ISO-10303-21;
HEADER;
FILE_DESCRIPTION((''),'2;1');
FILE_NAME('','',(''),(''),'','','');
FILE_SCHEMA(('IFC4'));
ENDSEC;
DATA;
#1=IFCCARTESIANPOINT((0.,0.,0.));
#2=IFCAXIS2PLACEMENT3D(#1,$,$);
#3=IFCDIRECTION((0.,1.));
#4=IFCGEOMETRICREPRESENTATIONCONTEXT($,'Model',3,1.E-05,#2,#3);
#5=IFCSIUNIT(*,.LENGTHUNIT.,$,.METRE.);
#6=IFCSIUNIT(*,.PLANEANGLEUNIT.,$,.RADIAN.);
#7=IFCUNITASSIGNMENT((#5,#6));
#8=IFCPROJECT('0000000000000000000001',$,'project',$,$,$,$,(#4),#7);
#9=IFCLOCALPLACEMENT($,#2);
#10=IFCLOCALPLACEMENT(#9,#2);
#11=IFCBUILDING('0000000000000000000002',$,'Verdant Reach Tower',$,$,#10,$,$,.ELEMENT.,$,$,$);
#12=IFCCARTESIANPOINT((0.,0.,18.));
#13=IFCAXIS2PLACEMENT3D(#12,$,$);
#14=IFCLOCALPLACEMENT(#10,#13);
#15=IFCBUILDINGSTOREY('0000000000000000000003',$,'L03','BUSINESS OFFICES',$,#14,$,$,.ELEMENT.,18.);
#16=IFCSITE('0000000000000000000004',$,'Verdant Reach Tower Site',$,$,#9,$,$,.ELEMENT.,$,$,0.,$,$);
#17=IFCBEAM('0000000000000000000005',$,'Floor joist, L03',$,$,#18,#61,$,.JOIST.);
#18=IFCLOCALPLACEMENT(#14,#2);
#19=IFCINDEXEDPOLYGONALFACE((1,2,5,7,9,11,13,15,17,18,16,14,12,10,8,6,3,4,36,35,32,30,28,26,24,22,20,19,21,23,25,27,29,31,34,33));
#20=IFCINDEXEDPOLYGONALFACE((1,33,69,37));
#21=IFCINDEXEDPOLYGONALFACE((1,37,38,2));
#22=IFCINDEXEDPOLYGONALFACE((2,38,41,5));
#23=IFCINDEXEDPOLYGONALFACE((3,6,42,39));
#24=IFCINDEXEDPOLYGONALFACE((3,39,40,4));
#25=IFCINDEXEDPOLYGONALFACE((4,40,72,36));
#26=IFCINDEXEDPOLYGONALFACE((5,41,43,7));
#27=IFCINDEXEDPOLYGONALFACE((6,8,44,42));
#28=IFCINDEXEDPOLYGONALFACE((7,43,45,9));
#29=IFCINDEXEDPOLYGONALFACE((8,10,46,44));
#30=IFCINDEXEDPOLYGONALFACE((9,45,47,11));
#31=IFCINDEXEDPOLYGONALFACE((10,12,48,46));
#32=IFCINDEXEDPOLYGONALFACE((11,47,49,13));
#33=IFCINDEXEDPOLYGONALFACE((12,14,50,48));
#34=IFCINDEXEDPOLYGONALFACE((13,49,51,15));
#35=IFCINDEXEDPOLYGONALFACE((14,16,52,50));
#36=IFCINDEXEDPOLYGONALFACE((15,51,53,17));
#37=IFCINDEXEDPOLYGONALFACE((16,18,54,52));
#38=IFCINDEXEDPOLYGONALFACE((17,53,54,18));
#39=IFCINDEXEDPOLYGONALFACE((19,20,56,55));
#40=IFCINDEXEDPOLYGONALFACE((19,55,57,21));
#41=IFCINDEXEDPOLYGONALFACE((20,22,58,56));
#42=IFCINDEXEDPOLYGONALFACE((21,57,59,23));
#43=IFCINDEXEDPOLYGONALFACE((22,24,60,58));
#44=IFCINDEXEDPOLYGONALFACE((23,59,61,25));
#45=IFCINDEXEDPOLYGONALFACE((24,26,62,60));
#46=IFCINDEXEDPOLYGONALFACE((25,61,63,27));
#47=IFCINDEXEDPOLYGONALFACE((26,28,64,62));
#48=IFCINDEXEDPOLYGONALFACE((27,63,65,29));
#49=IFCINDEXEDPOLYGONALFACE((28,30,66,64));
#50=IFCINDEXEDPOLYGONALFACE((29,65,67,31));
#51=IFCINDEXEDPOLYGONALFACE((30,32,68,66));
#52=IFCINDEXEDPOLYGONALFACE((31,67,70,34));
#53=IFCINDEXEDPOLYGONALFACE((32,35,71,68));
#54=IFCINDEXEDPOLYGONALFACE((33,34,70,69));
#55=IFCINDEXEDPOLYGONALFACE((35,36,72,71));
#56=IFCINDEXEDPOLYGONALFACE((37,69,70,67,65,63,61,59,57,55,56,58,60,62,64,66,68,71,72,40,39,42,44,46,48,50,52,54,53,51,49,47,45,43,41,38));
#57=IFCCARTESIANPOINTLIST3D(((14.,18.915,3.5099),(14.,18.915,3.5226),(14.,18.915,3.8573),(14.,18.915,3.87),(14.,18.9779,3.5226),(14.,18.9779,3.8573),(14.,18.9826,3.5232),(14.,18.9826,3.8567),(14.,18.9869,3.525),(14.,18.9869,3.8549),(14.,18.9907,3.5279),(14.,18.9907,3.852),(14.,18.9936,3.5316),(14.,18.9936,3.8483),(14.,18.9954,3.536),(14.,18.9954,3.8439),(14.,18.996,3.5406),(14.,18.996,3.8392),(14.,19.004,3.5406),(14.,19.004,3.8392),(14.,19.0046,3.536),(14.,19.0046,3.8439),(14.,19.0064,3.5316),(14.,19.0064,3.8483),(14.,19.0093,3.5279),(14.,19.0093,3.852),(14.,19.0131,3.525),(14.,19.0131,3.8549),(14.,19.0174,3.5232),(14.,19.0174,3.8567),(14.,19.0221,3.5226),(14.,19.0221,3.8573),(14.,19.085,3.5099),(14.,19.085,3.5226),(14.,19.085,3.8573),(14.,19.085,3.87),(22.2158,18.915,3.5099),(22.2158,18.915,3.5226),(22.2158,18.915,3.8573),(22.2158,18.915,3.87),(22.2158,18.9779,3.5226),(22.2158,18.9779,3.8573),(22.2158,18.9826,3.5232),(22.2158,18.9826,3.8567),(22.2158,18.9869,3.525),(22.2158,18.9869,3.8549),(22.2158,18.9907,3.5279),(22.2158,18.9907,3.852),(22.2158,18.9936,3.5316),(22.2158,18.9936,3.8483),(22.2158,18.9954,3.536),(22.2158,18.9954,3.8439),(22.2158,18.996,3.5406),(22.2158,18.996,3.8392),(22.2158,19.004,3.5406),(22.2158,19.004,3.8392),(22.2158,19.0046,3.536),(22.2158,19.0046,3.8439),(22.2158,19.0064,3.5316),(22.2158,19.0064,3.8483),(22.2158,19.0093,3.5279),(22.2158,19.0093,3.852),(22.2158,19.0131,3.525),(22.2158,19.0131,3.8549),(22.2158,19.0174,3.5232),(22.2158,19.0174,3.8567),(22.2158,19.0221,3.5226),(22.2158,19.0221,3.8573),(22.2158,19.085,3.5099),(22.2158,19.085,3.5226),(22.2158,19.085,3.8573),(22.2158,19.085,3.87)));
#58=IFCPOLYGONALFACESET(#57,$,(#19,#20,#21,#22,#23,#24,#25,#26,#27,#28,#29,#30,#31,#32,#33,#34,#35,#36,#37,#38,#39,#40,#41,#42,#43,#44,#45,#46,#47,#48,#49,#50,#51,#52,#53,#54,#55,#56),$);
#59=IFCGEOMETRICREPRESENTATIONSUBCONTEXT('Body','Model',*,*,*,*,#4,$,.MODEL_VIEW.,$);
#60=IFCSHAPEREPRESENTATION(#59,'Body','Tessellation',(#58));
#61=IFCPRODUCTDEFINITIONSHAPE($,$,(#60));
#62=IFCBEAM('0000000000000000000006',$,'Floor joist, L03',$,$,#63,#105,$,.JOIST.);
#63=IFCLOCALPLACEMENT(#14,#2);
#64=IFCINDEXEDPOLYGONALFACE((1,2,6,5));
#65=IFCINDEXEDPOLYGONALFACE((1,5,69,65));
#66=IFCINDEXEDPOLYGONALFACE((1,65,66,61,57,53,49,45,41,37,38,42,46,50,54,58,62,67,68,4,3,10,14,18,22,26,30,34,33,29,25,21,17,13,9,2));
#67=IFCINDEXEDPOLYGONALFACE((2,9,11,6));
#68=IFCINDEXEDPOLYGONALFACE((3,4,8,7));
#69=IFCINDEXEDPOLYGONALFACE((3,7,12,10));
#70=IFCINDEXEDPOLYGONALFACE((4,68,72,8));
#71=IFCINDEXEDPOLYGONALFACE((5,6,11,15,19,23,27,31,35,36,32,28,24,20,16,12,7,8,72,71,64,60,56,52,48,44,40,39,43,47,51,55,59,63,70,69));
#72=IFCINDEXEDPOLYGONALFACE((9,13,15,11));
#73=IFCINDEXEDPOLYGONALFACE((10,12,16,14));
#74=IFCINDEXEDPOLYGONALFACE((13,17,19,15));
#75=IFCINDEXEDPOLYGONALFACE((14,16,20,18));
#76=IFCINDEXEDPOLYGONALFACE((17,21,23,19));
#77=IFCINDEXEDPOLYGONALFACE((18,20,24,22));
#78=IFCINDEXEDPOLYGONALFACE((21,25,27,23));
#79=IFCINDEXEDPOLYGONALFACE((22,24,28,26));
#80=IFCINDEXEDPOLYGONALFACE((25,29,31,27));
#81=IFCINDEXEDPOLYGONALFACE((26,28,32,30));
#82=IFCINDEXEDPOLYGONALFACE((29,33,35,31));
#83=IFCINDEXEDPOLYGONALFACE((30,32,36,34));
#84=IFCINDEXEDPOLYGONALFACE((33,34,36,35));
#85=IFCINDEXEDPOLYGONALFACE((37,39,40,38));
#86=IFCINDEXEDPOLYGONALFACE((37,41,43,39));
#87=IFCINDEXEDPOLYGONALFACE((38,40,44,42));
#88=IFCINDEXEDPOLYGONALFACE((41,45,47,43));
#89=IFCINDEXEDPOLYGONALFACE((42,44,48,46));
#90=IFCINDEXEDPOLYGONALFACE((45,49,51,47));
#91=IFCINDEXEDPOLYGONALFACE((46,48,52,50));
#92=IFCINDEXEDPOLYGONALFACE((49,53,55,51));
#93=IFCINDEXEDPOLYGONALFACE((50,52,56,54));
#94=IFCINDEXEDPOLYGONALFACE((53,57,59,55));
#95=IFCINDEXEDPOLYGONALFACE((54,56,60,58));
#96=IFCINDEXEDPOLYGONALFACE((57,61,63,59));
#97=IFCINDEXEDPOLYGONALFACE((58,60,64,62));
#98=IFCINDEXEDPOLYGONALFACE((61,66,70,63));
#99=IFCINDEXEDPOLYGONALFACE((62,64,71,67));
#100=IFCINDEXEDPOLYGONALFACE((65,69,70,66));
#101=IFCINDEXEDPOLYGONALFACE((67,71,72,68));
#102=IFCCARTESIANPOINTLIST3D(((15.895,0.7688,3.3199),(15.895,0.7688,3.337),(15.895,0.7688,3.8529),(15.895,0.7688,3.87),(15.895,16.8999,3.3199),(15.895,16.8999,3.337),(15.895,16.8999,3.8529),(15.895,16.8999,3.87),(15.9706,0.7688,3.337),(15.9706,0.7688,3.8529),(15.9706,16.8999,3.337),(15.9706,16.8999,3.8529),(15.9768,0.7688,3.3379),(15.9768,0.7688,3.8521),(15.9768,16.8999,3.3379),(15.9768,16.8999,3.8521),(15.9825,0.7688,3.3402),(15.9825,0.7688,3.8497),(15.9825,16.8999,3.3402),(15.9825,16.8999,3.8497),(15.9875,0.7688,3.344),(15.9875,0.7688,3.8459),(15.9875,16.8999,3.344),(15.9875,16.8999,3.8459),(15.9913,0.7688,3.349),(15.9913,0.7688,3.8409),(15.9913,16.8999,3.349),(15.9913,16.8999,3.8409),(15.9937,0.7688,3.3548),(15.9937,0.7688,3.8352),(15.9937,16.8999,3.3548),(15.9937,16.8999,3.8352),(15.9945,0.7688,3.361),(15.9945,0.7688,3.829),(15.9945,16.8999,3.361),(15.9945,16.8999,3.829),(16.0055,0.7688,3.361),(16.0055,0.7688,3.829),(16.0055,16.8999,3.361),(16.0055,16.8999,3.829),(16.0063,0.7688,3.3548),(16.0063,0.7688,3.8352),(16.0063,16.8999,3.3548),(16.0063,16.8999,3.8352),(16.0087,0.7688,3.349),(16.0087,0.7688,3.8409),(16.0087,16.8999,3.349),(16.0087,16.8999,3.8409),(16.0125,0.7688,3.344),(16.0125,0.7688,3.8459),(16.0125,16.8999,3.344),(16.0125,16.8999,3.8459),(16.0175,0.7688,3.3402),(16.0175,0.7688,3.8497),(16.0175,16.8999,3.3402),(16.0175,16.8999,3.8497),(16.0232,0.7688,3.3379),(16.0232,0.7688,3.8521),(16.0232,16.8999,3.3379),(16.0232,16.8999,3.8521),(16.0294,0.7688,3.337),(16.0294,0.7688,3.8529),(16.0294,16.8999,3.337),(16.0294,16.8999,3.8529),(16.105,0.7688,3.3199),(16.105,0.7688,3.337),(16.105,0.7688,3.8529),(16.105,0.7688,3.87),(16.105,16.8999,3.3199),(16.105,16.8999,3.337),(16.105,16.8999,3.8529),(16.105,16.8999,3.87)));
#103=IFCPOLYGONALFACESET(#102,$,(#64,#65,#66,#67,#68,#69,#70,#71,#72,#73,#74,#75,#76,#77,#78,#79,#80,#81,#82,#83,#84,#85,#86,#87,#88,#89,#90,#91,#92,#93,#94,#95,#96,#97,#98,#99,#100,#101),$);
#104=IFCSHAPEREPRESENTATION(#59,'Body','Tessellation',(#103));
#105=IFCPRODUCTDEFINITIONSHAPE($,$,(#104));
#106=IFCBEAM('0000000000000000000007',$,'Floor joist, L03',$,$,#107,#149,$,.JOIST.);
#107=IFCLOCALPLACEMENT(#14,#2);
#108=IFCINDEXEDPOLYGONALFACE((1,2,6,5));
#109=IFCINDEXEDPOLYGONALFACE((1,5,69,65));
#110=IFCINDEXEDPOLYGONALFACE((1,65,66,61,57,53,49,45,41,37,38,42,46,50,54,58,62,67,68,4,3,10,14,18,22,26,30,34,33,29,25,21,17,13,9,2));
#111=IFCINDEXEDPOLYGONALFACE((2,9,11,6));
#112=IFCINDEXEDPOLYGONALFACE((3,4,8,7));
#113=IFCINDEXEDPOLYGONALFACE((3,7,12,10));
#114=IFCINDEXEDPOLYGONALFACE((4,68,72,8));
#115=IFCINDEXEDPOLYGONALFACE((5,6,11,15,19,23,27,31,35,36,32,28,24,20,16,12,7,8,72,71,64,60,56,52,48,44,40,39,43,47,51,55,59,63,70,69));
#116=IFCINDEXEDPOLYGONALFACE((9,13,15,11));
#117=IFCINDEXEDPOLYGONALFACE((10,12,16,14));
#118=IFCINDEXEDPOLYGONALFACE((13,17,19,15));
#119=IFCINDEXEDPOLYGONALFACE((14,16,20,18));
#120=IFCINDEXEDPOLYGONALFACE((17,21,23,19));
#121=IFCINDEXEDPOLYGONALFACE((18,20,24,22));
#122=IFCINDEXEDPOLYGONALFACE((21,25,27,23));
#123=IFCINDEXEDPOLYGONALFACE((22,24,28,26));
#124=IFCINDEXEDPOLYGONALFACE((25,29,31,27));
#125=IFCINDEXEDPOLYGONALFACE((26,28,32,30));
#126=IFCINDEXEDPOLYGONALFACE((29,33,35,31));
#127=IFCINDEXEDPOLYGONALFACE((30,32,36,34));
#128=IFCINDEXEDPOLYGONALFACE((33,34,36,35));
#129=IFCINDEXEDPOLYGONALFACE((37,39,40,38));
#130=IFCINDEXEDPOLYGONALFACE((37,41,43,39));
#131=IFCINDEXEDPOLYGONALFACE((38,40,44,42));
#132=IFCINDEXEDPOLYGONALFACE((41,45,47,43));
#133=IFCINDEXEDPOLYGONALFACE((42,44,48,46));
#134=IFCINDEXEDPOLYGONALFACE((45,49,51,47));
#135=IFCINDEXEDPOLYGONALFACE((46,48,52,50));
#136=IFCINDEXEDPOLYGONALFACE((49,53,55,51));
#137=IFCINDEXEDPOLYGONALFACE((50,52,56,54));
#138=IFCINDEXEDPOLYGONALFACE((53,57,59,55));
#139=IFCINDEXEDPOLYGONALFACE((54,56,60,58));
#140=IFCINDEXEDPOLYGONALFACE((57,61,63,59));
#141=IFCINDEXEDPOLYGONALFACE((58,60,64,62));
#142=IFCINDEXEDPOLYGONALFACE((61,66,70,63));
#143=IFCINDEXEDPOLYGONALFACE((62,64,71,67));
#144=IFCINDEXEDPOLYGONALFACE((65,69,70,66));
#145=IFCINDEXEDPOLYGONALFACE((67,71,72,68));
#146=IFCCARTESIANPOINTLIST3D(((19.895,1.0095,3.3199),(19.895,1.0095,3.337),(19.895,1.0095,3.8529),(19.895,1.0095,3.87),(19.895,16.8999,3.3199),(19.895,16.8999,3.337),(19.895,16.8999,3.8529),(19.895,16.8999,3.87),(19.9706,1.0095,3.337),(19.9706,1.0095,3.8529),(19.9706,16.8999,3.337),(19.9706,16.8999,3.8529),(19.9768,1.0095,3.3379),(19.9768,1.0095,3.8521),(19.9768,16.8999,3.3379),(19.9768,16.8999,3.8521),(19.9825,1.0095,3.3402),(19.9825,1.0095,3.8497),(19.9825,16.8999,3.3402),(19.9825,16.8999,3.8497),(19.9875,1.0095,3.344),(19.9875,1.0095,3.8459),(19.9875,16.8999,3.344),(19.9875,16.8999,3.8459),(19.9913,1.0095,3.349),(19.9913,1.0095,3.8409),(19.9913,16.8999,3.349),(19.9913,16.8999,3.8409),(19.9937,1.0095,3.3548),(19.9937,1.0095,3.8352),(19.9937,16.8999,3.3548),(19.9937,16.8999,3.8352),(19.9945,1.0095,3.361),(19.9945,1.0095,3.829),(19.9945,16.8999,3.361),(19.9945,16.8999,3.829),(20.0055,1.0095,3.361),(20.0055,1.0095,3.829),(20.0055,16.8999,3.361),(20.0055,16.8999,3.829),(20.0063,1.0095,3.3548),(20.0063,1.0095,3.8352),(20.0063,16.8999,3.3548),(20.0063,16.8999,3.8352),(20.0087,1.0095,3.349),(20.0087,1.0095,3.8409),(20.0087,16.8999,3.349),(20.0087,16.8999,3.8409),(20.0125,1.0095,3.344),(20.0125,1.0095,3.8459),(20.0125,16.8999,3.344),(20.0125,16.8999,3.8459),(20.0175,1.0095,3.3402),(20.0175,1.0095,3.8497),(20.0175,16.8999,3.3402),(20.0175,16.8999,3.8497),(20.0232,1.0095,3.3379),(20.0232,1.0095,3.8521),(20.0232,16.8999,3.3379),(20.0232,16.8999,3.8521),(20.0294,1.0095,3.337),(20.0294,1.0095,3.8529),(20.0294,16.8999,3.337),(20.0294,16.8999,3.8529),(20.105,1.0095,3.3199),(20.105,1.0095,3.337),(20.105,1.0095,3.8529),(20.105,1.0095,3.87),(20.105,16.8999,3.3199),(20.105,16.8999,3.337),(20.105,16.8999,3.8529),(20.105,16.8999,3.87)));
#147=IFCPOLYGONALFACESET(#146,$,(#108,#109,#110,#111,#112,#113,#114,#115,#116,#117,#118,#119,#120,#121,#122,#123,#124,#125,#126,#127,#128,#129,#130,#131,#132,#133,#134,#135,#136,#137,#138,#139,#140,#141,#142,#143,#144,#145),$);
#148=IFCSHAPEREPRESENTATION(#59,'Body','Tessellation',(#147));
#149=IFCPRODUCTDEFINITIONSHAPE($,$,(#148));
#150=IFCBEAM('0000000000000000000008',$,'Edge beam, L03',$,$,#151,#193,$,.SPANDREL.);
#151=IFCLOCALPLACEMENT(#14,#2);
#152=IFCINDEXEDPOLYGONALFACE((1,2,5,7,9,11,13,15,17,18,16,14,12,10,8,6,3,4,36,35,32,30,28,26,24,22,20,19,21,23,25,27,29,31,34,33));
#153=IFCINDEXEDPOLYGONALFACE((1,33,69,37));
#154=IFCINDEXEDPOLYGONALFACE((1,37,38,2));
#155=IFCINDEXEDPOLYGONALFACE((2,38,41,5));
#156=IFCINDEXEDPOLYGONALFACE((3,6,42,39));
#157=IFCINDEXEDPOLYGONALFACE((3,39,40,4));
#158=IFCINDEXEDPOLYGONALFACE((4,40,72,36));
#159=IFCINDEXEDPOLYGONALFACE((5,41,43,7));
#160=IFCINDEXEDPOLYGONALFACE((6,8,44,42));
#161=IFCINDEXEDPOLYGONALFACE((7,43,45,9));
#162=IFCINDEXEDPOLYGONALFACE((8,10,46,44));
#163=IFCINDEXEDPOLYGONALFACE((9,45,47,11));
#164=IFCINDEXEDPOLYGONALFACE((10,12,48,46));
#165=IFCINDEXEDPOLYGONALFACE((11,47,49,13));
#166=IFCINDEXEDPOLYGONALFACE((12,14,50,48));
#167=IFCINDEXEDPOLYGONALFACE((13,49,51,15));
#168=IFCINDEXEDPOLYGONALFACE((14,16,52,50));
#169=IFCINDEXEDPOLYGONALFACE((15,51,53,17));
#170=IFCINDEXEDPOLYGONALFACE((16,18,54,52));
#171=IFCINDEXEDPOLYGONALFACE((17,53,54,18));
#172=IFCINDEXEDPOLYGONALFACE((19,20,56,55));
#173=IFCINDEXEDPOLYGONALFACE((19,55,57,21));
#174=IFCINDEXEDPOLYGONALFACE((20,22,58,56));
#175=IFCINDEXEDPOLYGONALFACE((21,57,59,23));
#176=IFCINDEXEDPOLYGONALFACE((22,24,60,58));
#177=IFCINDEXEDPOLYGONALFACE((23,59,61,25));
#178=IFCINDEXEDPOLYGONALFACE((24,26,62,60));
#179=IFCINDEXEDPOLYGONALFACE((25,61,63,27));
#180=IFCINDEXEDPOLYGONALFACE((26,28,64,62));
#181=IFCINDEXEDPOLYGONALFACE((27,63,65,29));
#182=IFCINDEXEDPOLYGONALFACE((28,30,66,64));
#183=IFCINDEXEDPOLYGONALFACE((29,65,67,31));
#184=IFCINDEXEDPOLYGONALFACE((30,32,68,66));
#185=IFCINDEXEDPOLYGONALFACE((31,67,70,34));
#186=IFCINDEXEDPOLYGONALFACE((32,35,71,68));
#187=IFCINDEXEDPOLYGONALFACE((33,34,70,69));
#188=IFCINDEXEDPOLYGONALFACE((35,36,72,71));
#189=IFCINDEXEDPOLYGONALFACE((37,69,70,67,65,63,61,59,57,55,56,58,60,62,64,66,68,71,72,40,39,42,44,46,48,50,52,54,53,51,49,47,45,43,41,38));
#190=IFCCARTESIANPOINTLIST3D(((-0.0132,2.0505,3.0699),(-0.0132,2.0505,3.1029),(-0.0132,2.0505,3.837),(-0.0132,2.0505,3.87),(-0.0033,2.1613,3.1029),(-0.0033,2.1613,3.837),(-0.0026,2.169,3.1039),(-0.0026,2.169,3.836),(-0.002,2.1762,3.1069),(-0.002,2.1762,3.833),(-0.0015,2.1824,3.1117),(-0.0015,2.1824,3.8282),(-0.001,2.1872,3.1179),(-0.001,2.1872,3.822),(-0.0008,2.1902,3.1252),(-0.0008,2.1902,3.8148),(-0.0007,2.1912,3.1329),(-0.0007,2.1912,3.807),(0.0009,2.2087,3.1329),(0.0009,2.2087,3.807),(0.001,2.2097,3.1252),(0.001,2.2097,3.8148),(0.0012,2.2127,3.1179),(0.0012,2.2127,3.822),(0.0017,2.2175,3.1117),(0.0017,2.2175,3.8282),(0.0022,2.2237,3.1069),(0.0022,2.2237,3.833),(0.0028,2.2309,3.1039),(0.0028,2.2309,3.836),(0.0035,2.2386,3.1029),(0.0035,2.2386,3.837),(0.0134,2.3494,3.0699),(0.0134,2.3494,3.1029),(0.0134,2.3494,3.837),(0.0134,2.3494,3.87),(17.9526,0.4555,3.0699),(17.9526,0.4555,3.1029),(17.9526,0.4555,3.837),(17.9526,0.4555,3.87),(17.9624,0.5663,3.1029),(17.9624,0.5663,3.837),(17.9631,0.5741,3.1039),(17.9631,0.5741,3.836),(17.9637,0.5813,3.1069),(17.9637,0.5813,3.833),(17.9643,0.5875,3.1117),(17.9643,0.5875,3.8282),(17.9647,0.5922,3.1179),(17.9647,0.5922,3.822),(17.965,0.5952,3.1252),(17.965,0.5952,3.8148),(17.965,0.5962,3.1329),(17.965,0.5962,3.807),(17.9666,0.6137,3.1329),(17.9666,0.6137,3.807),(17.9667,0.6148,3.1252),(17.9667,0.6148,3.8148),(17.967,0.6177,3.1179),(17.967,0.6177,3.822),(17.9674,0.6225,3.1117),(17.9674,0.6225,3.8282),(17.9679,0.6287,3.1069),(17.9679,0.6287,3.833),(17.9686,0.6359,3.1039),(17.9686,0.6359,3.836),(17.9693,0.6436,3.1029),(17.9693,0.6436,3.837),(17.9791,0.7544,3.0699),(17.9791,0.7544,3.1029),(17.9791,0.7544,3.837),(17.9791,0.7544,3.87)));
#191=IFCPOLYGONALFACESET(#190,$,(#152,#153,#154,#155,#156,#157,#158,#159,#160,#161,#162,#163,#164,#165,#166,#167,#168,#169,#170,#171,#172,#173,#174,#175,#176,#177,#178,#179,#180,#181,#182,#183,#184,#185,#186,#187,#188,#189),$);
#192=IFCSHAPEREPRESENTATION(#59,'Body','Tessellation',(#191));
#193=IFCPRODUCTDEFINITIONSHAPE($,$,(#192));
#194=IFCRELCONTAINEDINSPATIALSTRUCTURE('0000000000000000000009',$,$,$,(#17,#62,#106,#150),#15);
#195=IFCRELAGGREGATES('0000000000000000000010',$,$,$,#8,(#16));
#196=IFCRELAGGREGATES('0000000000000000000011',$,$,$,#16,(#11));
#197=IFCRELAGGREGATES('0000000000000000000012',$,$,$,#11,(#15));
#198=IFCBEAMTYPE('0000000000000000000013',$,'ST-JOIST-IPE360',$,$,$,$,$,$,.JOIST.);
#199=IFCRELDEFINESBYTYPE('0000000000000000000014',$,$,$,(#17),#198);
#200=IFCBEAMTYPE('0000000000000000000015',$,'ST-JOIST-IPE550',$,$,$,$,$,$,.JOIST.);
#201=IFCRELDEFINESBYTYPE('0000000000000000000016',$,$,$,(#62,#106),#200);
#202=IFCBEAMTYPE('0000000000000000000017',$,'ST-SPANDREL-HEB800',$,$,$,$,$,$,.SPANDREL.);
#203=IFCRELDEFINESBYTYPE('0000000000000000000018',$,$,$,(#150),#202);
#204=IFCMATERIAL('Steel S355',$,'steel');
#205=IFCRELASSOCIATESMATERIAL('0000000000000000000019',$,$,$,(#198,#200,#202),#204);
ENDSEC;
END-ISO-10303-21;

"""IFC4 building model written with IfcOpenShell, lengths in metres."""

from ifc_helpers import new_model, si_unit, direction, frame, origin, origin_2d, place, context, subcontext, project, spatial, i_section, extrude, material, material_profile, profile_set, type_object, element, save


model = new_model("IFC4")

# Units and contexts
model_context = context("Model", 3, precision=1e-05, world=origin(), true_north=direction((0.0, 1.0)))
body_context = subcontext(model_context, "Body", "Model", "MODEL_VIEW")
ifc_project = project(units=[si_unit("LENGTHUNIT", "METRE"), si_unit("PLANEANGLEUNIT", "RADIAN")], contexts=[model_context])

# Site, building, storey
site_placement = place(None, origin())
site = spatial("IfcSite", under=ifc_project, at=site_placement, Name="Verdant Reach Tower Site", CompositionType="ELEMENT", RefElevation=0.0)
building_placement = place(site_placement, origin())
building = spatial("IfcBuilding", under=site, at=building_placement, Name="Verdant Reach Tower", CompositionType="ELEMENT")
storey_placement = place(building_placement, frame((0.0, 0.0, 18.0)))
storey = spatial("IfcBuildingStorey", under=building, at=storey_placement, Name="L03", Description="BUSINESS OFFICES", CompositionType="ELEMENT", Elevation=18.0)

# Beams
ifc_material_1 = material(Name="Steel S355", Category="steel")
ifc_material_profile_1 = material_profile(ifc_material_1, i_section(OverallWidth=0.1699, OverallDepth=0.3601, WebThickness=0.0081, FlangeThickness=0.0127, FilletRadius=0.0181, at=origin_2d()), Name="IPE 360")
ifc_profile_set_1 = profile_set([ifc_material_profile_1], Name="Steel S355")
beam_type_1 = type_object("IfcBeamType", Name="ST-JOIST-IPE360", PredefinedType="JOIST", material=ifc_profile_set_1)
beam_1_placement = place(storey_placement, frame((14.0, 19.0, 3.6899), z_axis=(1.0, 0.0, 0.0), x_axis=(0.0, 1.0, 0.0)))
element("IfcBeam", 1, at=beam_1_placement, inside=storey, type_object=beam_type_1, Name="Floor joist, L03", PredefinedType="JOIST", context=body_context, shape_type="SweptSolid", body=[
    extrude(i_section(OverallWidth=0.1699, OverallDepth=0.3601, WebThickness=0.0081, FlangeThickness=0.0127, FilletRadius=0.0181, at=origin_2d()), origin(), (0.0, 0.0, 1.0), 8.2158),
])
ifc_material_profile_2 = material_profile(ifc_material_1, i_section(OverallWidth=0.21, OverallDepth=0.55, WebThickness=0.011, FlangeThickness=0.0171, FilletRadius=0.0239, at=origin_2d()), Name="IPE 550")
ifc_profile_set_2 = profile_set([ifc_material_profile_2], Name="Steel S355")
beam_type_2 = type_object("IfcBeamType", Name="ST-JOIST-IPE550", PredefinedType="JOIST", material=ifc_profile_set_2)
beam_2_placement = place(storey_placement, frame((16.0, 16.8999, 3.595), z_axis=(0.0, -1.0, 0.0), x_axis=(1.0, 0.0, 0.0)))
element("IfcBeam", 2, at=beam_2_placement, inside=storey, type_object=beam_type_2, Name="Floor joist, L03", PredefinedType="JOIST", context=body_context, shape_type="SweptSolid", body=[
    extrude(i_section(OverallWidth=0.21, OverallDepth=0.55, WebThickness=0.011, FlangeThickness=0.0171, FilletRadius=0.0239, at=origin_2d()), origin(), (0.0, 0.0, 1.0), 16.1311),
])
beam_3_placement = place(storey_placement, frame((20.0, 16.8999, 3.595), z_axis=(0.0, -1.0, 0.0), x_axis=(1.0, 0.0, 0.0)))
element("IfcBeam", 3, at=beam_3_placement, inside=storey, type_object=beam_type_2, Name="Floor joist, L03", PredefinedType="JOIST", context=body_context, shape_type="SweptSolid", body=[
    extrude(i_section(OverallWidth=0.21, OverallDepth=0.55, WebThickness=0.011, FlangeThickness=0.0171, FilletRadius=0.0239, at=origin_2d()), origin(), (0.0, 0.0, 1.0), 15.8904),
])
ifc_material_profile_3 = material_profile(ifc_material_1, i_section(OverallWidth=0.3, OverallDepth=0.8, WebThickness=0.0176, FlangeThickness=0.033, FilletRadius=0.03, at=origin_2d()), Name="HEB 800")
ifc_profile_set_3 = profile_set([ifc_material_profile_3], Name="Steel S355")
beam_type_3 = type_object("IfcBeamType", Name="ST-SPANDREL-HEB800", PredefinedType="SPANDREL", material=ifc_profile_set_3)
beam_4_placement = place(storey_placement, frame((17.9658, 0.605, 3.47), z_axis=(-0.996082, 0.08843, 0.0), x_axis=(-0.08843, -0.996082, 0.0)))
element("IfcBeam", 4, at=beam_4_placement, inside=storey, type_object=beam_type_3, Name="Edge beam, L03", PredefinedType="SPANDREL", context=body_context, shape_type="SweptSolid", body=[
    extrude(i_section(OverallWidth=0.3, OverallDepth=0.8, WebThickness=0.0176, FlangeThickness=0.033, FilletRadius=0.03, at=origin_2d()), origin(), (0.0, 0.0, 1.0), 18.0364),
])

save(model, "model.ifc")
